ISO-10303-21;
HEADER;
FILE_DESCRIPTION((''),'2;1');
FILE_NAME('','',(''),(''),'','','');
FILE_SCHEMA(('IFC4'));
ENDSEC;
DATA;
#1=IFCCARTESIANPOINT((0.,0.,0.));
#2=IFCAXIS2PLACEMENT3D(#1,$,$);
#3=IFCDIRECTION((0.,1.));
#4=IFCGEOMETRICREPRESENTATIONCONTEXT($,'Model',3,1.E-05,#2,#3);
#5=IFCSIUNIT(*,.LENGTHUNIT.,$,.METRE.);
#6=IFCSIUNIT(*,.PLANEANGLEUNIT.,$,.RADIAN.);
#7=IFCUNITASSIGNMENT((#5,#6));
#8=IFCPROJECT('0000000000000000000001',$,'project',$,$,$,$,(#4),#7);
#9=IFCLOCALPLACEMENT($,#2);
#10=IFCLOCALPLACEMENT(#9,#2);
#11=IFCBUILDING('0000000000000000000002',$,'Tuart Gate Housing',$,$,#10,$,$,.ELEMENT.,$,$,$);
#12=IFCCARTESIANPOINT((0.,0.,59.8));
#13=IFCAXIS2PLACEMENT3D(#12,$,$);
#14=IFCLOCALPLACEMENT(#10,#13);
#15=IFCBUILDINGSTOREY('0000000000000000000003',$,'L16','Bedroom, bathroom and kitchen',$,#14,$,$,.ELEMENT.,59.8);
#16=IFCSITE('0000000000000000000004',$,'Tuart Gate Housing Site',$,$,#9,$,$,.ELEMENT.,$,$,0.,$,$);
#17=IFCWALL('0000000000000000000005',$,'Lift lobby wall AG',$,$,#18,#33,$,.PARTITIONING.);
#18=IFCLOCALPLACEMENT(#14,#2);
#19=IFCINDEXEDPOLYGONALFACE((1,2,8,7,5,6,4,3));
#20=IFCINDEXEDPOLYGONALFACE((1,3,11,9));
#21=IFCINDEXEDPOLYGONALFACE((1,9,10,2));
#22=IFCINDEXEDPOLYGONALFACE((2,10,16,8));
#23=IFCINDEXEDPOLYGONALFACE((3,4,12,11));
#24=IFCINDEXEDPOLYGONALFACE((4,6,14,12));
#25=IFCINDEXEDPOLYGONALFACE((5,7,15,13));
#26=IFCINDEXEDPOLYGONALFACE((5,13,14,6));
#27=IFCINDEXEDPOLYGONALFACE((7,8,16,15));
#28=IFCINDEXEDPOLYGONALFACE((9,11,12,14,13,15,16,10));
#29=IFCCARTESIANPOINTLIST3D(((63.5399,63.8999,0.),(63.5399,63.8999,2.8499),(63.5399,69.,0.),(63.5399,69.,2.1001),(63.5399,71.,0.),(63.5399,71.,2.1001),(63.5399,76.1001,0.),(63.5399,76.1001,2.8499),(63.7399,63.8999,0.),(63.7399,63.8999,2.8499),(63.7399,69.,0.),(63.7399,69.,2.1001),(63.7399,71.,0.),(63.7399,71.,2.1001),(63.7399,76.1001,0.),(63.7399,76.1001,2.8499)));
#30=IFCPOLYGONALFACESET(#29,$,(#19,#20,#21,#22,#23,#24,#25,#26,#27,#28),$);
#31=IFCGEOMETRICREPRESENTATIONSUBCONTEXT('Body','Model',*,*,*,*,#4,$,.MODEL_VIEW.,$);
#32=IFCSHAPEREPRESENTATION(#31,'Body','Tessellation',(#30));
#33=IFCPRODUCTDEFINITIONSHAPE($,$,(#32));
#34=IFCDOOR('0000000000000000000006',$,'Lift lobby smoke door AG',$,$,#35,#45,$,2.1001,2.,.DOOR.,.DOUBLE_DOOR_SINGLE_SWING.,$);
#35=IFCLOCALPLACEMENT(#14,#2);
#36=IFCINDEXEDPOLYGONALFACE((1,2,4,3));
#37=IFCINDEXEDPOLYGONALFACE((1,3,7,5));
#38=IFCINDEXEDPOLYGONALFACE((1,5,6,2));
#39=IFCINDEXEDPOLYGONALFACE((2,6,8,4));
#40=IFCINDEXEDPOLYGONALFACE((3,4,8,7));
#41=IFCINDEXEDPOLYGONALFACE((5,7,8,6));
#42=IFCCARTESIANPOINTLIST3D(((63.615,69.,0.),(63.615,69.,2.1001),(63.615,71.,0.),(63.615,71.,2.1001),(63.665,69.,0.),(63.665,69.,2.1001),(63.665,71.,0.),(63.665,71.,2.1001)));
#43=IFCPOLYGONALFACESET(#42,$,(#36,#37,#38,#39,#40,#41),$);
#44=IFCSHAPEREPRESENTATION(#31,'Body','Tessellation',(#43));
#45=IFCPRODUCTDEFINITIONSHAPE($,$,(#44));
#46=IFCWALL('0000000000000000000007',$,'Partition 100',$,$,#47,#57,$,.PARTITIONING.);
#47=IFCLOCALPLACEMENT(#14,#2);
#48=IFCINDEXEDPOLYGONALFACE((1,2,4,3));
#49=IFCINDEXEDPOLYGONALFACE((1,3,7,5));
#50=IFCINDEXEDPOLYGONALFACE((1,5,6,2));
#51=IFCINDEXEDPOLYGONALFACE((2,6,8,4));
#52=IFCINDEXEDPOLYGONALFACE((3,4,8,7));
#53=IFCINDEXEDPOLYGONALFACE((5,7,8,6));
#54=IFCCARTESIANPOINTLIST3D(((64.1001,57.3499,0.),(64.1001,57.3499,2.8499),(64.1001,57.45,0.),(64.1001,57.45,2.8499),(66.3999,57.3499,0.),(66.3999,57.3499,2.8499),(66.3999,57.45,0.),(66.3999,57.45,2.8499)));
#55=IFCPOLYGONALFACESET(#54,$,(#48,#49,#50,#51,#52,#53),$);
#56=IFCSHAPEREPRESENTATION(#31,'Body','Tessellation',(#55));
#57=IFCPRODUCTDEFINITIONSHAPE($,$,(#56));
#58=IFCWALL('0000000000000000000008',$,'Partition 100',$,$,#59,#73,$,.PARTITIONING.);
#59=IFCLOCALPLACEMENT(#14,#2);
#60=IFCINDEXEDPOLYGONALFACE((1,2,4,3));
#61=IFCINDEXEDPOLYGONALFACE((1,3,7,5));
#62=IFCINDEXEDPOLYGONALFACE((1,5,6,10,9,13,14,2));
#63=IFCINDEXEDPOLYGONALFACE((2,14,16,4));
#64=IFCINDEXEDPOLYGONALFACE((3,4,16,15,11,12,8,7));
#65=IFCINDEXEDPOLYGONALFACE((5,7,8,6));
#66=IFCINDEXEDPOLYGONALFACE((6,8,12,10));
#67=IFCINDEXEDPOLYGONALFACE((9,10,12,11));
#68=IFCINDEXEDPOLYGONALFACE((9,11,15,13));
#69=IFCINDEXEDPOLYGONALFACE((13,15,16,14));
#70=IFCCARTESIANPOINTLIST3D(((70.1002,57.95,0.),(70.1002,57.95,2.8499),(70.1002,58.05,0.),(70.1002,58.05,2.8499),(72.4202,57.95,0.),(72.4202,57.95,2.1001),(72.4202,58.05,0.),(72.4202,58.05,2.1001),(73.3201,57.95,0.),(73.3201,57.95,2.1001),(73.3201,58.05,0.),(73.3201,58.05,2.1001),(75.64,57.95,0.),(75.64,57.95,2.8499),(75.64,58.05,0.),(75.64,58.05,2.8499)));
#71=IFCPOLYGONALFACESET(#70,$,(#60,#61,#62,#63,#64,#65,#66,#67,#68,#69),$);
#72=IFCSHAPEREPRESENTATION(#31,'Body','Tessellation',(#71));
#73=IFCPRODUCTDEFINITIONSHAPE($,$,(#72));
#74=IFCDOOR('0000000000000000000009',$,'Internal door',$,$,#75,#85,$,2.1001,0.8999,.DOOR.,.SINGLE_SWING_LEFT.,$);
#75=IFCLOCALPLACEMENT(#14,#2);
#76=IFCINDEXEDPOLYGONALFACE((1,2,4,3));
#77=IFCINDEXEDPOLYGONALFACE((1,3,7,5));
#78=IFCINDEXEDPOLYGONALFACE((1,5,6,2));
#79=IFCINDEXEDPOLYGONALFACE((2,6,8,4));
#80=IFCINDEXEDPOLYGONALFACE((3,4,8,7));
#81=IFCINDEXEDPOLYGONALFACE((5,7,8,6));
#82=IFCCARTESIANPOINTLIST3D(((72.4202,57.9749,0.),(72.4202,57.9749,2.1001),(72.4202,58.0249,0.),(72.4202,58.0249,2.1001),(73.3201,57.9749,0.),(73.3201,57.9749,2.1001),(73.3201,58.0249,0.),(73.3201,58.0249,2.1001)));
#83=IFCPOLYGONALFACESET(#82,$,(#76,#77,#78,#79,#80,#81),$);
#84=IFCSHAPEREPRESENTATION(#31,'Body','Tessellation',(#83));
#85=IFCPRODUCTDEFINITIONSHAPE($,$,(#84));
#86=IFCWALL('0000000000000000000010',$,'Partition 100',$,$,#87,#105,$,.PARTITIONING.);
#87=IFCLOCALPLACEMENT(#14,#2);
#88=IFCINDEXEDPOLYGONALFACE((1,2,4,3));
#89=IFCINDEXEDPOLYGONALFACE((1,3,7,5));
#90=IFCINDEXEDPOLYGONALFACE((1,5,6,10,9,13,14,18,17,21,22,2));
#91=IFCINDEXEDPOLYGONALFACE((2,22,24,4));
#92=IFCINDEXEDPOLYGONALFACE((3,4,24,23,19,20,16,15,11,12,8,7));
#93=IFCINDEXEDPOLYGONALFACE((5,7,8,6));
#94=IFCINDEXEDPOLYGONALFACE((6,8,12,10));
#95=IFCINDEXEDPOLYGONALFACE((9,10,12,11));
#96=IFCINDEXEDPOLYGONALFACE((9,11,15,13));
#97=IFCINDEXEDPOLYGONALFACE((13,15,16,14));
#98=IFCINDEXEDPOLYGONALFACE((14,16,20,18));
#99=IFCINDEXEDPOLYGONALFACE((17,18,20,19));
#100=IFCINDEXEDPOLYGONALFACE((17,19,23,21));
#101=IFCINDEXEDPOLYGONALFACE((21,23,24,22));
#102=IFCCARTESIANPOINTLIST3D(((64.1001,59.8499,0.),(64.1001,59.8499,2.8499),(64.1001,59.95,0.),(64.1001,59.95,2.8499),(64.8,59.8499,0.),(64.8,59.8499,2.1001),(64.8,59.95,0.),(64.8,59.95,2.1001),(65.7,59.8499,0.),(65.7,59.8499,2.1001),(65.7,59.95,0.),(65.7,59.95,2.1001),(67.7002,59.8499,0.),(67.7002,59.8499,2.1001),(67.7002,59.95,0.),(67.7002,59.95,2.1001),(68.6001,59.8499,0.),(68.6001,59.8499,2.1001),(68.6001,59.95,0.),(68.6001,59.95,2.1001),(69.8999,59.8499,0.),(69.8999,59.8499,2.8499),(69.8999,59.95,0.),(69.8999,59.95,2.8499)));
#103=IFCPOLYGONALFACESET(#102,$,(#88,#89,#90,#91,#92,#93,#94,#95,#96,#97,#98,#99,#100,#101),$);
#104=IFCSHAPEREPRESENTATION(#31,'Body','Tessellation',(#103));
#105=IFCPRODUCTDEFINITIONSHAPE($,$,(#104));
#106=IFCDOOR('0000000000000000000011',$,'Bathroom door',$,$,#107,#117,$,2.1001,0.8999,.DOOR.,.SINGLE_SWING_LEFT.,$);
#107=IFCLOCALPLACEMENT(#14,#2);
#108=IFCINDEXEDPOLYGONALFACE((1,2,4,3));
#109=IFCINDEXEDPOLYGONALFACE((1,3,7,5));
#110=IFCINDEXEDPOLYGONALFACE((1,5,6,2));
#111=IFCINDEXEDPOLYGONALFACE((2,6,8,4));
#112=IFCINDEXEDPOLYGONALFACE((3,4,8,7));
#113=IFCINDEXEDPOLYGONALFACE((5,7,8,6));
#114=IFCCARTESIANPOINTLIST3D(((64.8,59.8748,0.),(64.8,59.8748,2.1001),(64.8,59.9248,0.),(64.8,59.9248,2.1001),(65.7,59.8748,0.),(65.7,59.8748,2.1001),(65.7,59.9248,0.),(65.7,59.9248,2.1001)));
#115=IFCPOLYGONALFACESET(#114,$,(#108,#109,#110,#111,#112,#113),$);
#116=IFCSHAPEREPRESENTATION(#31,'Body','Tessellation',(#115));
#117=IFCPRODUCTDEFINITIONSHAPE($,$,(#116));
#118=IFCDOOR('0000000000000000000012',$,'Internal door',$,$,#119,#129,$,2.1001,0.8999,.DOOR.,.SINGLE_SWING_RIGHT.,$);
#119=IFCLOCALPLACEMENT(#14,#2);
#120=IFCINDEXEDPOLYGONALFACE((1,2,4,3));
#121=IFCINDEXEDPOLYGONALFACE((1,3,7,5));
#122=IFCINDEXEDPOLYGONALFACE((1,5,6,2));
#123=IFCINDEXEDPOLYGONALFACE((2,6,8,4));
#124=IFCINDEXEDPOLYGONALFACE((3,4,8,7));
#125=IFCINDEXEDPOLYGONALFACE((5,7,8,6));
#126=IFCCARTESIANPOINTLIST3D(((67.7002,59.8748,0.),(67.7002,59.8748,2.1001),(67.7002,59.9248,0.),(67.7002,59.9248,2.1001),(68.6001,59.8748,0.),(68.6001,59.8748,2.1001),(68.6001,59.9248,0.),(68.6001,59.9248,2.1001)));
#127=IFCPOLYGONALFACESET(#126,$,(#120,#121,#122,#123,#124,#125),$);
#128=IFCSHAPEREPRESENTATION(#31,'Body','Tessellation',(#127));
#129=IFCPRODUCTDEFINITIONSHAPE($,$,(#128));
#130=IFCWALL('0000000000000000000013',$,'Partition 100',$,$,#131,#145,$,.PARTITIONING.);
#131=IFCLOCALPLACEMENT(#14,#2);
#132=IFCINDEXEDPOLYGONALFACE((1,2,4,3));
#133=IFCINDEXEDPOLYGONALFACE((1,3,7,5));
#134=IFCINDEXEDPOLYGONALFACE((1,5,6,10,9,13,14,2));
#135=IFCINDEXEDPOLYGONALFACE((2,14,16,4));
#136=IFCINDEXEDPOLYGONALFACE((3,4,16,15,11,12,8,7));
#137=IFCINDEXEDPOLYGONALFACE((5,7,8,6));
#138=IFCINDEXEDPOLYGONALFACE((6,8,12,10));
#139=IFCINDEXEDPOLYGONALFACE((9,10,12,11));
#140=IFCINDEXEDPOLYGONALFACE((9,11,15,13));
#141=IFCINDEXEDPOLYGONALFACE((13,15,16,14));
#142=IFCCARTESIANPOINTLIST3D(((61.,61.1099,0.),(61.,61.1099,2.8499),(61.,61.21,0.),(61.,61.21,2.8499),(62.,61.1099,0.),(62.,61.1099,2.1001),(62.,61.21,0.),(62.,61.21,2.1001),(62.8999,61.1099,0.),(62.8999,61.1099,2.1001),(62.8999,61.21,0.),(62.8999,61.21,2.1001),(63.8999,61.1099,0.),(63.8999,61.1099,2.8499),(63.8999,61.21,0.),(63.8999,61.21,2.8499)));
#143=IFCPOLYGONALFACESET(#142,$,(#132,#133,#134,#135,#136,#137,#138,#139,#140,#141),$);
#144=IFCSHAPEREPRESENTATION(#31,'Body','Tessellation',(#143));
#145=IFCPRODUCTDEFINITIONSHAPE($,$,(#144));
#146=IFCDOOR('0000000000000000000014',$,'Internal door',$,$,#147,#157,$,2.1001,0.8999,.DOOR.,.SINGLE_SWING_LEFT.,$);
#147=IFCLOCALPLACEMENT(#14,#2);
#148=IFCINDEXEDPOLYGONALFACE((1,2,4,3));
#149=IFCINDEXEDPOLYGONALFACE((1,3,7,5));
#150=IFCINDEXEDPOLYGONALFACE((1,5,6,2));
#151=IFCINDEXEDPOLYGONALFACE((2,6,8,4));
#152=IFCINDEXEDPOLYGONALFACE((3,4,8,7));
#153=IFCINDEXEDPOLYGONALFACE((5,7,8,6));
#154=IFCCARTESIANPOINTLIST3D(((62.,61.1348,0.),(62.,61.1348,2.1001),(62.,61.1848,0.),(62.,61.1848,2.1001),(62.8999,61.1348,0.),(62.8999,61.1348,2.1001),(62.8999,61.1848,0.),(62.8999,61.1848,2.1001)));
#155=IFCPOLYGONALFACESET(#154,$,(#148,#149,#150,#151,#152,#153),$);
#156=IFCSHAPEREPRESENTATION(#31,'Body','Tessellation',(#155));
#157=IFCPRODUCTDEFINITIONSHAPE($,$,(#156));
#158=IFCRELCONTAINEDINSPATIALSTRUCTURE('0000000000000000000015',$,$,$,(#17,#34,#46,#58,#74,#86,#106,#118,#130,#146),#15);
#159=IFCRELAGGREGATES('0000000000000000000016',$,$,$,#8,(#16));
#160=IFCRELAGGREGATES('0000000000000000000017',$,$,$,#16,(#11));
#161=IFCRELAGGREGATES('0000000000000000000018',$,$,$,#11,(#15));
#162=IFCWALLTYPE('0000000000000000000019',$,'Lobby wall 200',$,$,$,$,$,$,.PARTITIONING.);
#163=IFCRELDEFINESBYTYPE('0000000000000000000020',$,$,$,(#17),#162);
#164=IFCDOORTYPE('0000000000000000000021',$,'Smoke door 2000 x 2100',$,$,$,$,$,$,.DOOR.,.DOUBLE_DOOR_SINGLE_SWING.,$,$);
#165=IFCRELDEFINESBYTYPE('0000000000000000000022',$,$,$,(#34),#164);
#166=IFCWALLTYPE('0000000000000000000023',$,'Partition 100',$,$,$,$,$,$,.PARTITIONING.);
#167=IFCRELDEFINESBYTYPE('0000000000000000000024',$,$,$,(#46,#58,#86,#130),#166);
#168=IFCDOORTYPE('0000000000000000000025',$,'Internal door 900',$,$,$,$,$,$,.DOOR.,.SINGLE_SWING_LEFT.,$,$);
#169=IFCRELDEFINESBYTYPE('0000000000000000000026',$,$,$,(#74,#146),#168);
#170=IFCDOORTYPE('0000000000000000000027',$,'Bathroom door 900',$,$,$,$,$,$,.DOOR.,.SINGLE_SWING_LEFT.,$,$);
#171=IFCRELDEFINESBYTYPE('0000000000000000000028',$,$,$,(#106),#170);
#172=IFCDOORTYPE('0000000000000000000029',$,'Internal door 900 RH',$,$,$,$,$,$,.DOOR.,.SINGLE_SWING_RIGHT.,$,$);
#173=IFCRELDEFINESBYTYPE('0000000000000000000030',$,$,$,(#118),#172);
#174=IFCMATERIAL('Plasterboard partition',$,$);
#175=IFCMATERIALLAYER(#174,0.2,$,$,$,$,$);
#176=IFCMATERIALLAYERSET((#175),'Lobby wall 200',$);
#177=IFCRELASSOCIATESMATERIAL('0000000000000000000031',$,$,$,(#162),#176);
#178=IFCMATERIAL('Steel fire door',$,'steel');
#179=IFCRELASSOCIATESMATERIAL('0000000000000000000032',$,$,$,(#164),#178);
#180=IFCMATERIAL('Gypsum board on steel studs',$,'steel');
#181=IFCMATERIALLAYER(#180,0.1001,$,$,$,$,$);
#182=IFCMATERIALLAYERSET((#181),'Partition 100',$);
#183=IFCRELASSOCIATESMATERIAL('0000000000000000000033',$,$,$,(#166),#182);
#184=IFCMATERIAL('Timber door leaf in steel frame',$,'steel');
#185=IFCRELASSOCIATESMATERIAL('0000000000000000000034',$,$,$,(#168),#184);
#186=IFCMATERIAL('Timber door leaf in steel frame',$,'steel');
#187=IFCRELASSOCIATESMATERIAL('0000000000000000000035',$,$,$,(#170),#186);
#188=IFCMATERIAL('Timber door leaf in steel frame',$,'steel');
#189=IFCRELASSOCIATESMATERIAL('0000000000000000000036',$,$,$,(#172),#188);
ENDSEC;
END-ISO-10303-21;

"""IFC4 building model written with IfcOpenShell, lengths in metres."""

from ifc_helpers import new_model, si_unit, direction, frame, frame_2d, origin, place, context, subcontext, project, spatial, rectangle, extrude, material, layer, layer_set, type_object, element, fill, save


model = new_model("IFC4")

# Units and contexts
model_context = context("Model", 3, precision=1e-05, world=origin(), true_north=direction((0.0, 1.0)))
body_context = subcontext(model_context, "Body", "Model", "MODEL_VIEW")
ifc_project = project(units=[si_unit("LENGTHUNIT", "METRE"), si_unit("PLANEANGLEUNIT", "RADIAN")], contexts=[model_context])

# Site, building, storey
site_placement = place(None, origin())
site = spatial("IfcSite", under=ifc_project, at=site_placement, Name="Tuart Gate Housing Site", CompositionType="ELEMENT", RefElevation=0.0)
building_placement = place(site_placement, origin())
building = spatial("IfcBuilding", under=site, at=building_placement, Name="Tuart Gate Housing", CompositionType="ELEMENT")
storey_placement = place(building_placement, frame((0.0, 0.0, 59.8)))
storey = spatial("IfcBuildingStorey", under=building, at=storey_placement, Name="L16", Description="Bedroom, bathroom and kitchen", CompositionType="ELEMENT", Elevation=59.8)

# Wall, opening, door
ifc_material_1 = material(Name="Plasterboard partition")
ifc_layer_1 = layer(ifc_material_1, 0.2)
ifc_layer_set_1 = layer_set([ifc_layer_1], Name="Lobby wall 200")
wall_type_1 = type_object("IfcWallType", Name="Lobby wall 200", PredefinedType="PARTITIONING", material=ifc_layer_set_1)
wall_1_placement = place(storey_placement, frame((63.6399, 63.8999, 0.0), z_axis=(0.0, 0.0, 1.0), x_axis=(0.0, 1.0, 0.0)))
wall_1 = element("IfcWall", 1, at=wall_1_placement, inside=storey, type_object=wall_type_1, Name="Lift lobby wall AG", PredefinedType="PARTITIONING", context=body_context, shape_type="SweptSolid", body=[
    extrude(rectangle(XDim=12.2002, YDim=0.2, at=frame_2d((6.1001, 0.0))), origin(), (0.0, 0.0, 1.0), 2.8499),
])
opening_1_placement = place(wall_1_placement, frame((5.1001, 0.0, 0.0)))
opening_1 = element("IfcOpeningElement", 2, at=opening_1_placement, cuts=wall_1, PredefinedType="OPENING", context=body_context, shape_type="SweptSolid", body=[
    extrude(rectangle(XDim=2.0, YDim=2.1001, at=frame_2d((1.0, 1.05))), frame((0.0, 0.1099, 0.0), z_axis=(0.0, -1.0, 0.0), x_axis=(1.0, 0.0, 0.0)), (0.0, 0.0, 1.0), 0.22),
])
ifc_material_2 = material(Name="Steel fire door", Category="steel")
door_type_1 = type_object("IfcDoorType", Name="Smoke door 2000 x 2100", OperationType="DOUBLE_DOOR_SINGLE_SWING", PredefinedType="DOOR", material=ifc_material_2)
door_1_placement = place(opening_1_placement, frame((2.0, 0.0, 0.0), z_axis=(0.0, 0.0, 1.0), x_axis=(-1.0, 0.0, 0.0)))
door_1 = element("IfcDoor", 3, at=door_1_placement, inside=storey, type_object=door_type_1, Name="Lift lobby smoke door AG", OperationType="DOUBLE_DOOR_SINGLE_SWING", OverallHeight=2.1001, OverallWidth=2.0, PredefinedType="DOOR", context=body_context, shape_type="SweptSolid", body=[
    extrude(rectangle(XDim=2.0, YDim=2.1001, at=frame_2d((1.0, 1.05))), frame((0.0, 0.0251, 0.0), z_axis=(0.0, -1.0, 0.0), x_axis=(1.0, 0.0, 0.0)), (0.0, 0.0, 1.0), 0.05),
])
fill(opening_1, door_1)

# Wall
ifc_material_3 = material(Name="Gypsum board on steel studs", Category="steel")
ifc_layer_2 = layer(ifc_material_3, 0.1001)
ifc_layer_set_2 = layer_set([ifc_layer_2], Name="Partition 100")
wall_type_2 = type_object("IfcWallType", Name="Partition 100", PredefinedType="PARTITIONING", material=ifc_layer_set_2)
wall_2_placement = place(storey_placement, frame((64.1001, 57.3999, 0.0), z_axis=(0.0, 0.0, 1.0), x_axis=(1.0, 0.0, 0.0)))
element("IfcWall", 4, at=wall_2_placement, inside=storey, type_object=wall_type_2, Name="Partition 100", PredefinedType="PARTITIONING", context=body_context, shape_type="SweptSolid", body=[
    extrude(rectangle(XDim=2.2998, YDim=0.1001, at=frame_2d((1.1499, 0.0))), origin(), (0.0, 0.0, 1.0), 2.8499),
])

# Wall, opening, door
wall_3_placement = place(storey_placement, frame((70.1001, 58.0, 0.0), z_axis=(0.0, 0.0, 1.0), x_axis=(1.0, 0.0, 0.0)))
wall_3 = element("IfcWall", 5, at=wall_3_placement, inside=storey, type_object=wall_type_2, Name="Partition 100", PredefinedType="PARTITIONING", context=body_context, shape_type="SweptSolid", body=[
    extrude(rectangle(XDim=5.5398, YDim=0.1001, at=frame_2d((2.77, 0.0))), origin(), (0.0, 0.0, 1.0), 2.8499),
])
opening_2_placement = place(wall_3_placement, frame((2.3201, 0.0, 0.0)))
opening_2 = element("IfcOpeningElement", 6, at=opening_2_placement, cuts=wall_3, PredefinedType="OPENING", context=body_context, shape_type="SweptSolid", body=[
    extrude(rectangle(XDim=0.8999, YDim=2.1001, at=frame_2d((0.45, 1.05))), frame((0.0, 0.0601, 0.0), z_axis=(0.0, -1.0, 0.0), x_axis=(1.0, 0.0, 0.0)), (0.0, 0.0, 1.0), 0.1201),
])
ifc_material_4 = material(Name="Timber door leaf in steel frame", Category="steel")
door_type_2 = type_object("IfcDoorType", Name="Internal door 900", OperationType="SINGLE_SWING_LEFT", PredefinedType="DOOR", material=ifc_material_4)
door_2_placement = place(opening_2_placement, frame((0.8999, 0.0, 0.0), z_axis=(0.0, 0.0, 1.0), x_axis=(-1.0, 0.0, 0.0)))
door_2 = element("IfcDoor", 7, at=door_2_placement, inside=storey, type_object=door_type_2, Name="Internal door", OperationType="SINGLE_SWING_LEFT", OverallHeight=2.1001, OverallWidth=0.8999, PredefinedType="DOOR", context=body_context, shape_type="SweptSolid", body=[
    extrude(rectangle(XDim=0.8999, YDim=2.1001, at=frame_2d((0.45, 1.05))), frame((0.0, 0.0251, 0.0), z_axis=(0.0, -1.0, 0.0), x_axis=(1.0, 0.0, 0.0)), (0.0, 0.0, 1.0), 0.05),
])
fill(opening_2, door_2)

# Wall, openings, doors
wall_4_placement = place(storey_placement, frame((64.1001, 59.8999, 0.0), z_axis=(0.0, 0.0, 1.0), x_axis=(1.0, 0.0, 0.0)))
wall_4 = element("IfcWall", 8, at=wall_4_placement, inside=storey, type_object=wall_type_2, Name="Partition 100", PredefinedType="PARTITIONING", context=body_context, shape_type="SweptSolid", body=[
    extrude(rectangle(XDim=5.7998, YDim=0.1001, at=frame_2d((2.8999, 0.0))), origin(), (0.0, 0.0, 1.0), 2.8499),
])
opening_3_placement = place(wall_4_placement, frame((3.6001, 0.0, 0.0)))
opening_3 = element("IfcOpeningElement", 9, at=opening_3_placement, cuts=wall_4, PredefinedType="OPENING", context=body_context, shape_type="SweptSolid", body=[
    extrude(rectangle(XDim=0.8999, YDim=2.1001, at=frame_2d((0.45, 1.05))), frame((0.0, 0.0601, 0.0), z_axis=(0.0, -1.0, 0.0), x_axis=(1.0, 0.0, 0.0)), (0.0, 0.0, 1.0), 0.1201),
])
opening_4_placement = place(wall_4_placement, frame((0.7, 0.0, 0.0)))
opening_4 = element("IfcOpeningElement", 10, at=opening_4_placement, cuts=wall_4, PredefinedType="OPENING", context=body_context, shape_type="SweptSolid", body=[
    extrude(rectangle(XDim=0.8999, YDim=2.1001, at=frame_2d((0.45, 1.05))), frame((0.0, 0.0601, 0.0), z_axis=(0.0, -1.0, 0.0), x_axis=(1.0, 0.0, 0.0)), (0.0, 0.0, 1.0), 0.1201),
])
ifc_material_5 = material(Name="Timber door leaf in steel frame", Category="steel")
door_type_3 = type_object("IfcDoorType", Name="Bathroom door 900", OperationType="SINGLE_SWING_LEFT", PredefinedType="DOOR", material=ifc_material_5)
door_3_placement = place(opening_4_placement, frame((0.8999, 0.0, 0.0), z_axis=(0.0, 0.0, 1.0), x_axis=(-1.0, 0.0, 0.0)))
door_3 = element("IfcDoor", 11, at=door_3_placement, inside=storey, type_object=door_type_3, Name="Bathroom door", OperationType="SINGLE_SWING_LEFT", OverallHeight=2.1001, OverallWidth=0.8999, PredefinedType="DOOR", context=body_context, shape_type="SweptSolid", body=[
    extrude(rectangle(XDim=0.8999, YDim=2.1001, at=frame_2d((0.45, 1.05))), frame((0.0, 0.0251, 0.0), z_axis=(0.0, -1.0, 0.0), x_axis=(1.0, 0.0, 0.0)), (0.0, 0.0, 1.0), 0.05),
])
fill(opening_4, door_3)
ifc_material_6 = material(Name="Timber door leaf in steel frame", Category="steel")
door_type_4 = type_object("IfcDoorType", Name="Internal door 900 RH", OperationType="SINGLE_SWING_RIGHT", PredefinedType="DOOR", material=ifc_material_6)
door_4_placement = place(opening_3_placement, frame((0.8999, 0.0, 0.0), z_axis=(0.0, 0.0, 1.0), x_axis=(-1.0, 0.0, 0.0)))
door_4 = element("IfcDoor", 12, at=door_4_placement, inside=storey, type_object=door_type_4, Name="Internal door", OperationType="SINGLE_SWING_RIGHT", OverallHeight=2.1001, OverallWidth=0.8999, PredefinedType="DOOR", context=body_context, shape_type="SweptSolid", body=[
    extrude(rectangle(XDim=0.8999, YDim=2.1001, at=frame_2d((0.45, 1.05))), frame((0.0, 0.0251, 0.0), z_axis=(0.0, -1.0, 0.0), x_axis=(1.0, 0.0, 0.0)), (0.0, 0.0, 1.0), 0.05),
])
fill(opening_3, door_4)

# Wall, opening, door
wall_5_placement = place(storey_placement, frame((61.0, 61.1599, 0.0), z_axis=(0.0, 0.0, 1.0), x_axis=(1.0, 0.0, 0.0)))
wall_5 = element("IfcWall", 13, at=wall_5_placement, inside=storey, type_object=wall_type_2, Name="Partition 100", PredefinedType="PARTITIONING", context=body_context, shape_type="SweptSolid", body=[
    extrude(rectangle(XDim=2.8999, YDim=0.1001, at=frame_2d((1.45, 0.0))), origin(), (0.0, 0.0, 1.0), 2.8499),
])
opening_5_placement = place(wall_5_placement, frame((1.0, 0.0, 0.0)))
opening_5 = element("IfcOpeningElement", 14, at=opening_5_placement, cuts=wall_5, PredefinedType="OPENING", context=body_context, shape_type="SweptSolid", body=[
    extrude(rectangle(XDim=0.8999, YDim=2.1001, at=frame_2d((0.45, 1.05))), frame((0.0, 0.0601, 0.0), z_axis=(0.0, -1.0, 0.0), x_axis=(1.0, 0.0, 0.0)), (0.0, 0.0, 1.0), 0.1201),
])
door_5_placement = place(opening_5_placement, origin())
door_5 = element("IfcDoor", 15, at=door_5_placement, inside=storey, type_object=door_type_2, Name="Internal door", OperationType="SINGLE_SWING_LEFT", OverallHeight=2.1001, OverallWidth=0.8999, PredefinedType="DOOR", context=body_context, shape_type="SweptSolid", body=[
    extrude(rectangle(XDim=0.8999, YDim=2.1001, at=frame_2d((0.45, 1.05))), frame((0.0, 0.0249, 0.0), z_axis=(0.0, -1.0, 0.0), x_axis=(1.0, 0.0, 0.0)), (0.0, 0.0, 1.0), 0.05),
])
fill(opening_5, door_5)

save(model, "model.ifc")
